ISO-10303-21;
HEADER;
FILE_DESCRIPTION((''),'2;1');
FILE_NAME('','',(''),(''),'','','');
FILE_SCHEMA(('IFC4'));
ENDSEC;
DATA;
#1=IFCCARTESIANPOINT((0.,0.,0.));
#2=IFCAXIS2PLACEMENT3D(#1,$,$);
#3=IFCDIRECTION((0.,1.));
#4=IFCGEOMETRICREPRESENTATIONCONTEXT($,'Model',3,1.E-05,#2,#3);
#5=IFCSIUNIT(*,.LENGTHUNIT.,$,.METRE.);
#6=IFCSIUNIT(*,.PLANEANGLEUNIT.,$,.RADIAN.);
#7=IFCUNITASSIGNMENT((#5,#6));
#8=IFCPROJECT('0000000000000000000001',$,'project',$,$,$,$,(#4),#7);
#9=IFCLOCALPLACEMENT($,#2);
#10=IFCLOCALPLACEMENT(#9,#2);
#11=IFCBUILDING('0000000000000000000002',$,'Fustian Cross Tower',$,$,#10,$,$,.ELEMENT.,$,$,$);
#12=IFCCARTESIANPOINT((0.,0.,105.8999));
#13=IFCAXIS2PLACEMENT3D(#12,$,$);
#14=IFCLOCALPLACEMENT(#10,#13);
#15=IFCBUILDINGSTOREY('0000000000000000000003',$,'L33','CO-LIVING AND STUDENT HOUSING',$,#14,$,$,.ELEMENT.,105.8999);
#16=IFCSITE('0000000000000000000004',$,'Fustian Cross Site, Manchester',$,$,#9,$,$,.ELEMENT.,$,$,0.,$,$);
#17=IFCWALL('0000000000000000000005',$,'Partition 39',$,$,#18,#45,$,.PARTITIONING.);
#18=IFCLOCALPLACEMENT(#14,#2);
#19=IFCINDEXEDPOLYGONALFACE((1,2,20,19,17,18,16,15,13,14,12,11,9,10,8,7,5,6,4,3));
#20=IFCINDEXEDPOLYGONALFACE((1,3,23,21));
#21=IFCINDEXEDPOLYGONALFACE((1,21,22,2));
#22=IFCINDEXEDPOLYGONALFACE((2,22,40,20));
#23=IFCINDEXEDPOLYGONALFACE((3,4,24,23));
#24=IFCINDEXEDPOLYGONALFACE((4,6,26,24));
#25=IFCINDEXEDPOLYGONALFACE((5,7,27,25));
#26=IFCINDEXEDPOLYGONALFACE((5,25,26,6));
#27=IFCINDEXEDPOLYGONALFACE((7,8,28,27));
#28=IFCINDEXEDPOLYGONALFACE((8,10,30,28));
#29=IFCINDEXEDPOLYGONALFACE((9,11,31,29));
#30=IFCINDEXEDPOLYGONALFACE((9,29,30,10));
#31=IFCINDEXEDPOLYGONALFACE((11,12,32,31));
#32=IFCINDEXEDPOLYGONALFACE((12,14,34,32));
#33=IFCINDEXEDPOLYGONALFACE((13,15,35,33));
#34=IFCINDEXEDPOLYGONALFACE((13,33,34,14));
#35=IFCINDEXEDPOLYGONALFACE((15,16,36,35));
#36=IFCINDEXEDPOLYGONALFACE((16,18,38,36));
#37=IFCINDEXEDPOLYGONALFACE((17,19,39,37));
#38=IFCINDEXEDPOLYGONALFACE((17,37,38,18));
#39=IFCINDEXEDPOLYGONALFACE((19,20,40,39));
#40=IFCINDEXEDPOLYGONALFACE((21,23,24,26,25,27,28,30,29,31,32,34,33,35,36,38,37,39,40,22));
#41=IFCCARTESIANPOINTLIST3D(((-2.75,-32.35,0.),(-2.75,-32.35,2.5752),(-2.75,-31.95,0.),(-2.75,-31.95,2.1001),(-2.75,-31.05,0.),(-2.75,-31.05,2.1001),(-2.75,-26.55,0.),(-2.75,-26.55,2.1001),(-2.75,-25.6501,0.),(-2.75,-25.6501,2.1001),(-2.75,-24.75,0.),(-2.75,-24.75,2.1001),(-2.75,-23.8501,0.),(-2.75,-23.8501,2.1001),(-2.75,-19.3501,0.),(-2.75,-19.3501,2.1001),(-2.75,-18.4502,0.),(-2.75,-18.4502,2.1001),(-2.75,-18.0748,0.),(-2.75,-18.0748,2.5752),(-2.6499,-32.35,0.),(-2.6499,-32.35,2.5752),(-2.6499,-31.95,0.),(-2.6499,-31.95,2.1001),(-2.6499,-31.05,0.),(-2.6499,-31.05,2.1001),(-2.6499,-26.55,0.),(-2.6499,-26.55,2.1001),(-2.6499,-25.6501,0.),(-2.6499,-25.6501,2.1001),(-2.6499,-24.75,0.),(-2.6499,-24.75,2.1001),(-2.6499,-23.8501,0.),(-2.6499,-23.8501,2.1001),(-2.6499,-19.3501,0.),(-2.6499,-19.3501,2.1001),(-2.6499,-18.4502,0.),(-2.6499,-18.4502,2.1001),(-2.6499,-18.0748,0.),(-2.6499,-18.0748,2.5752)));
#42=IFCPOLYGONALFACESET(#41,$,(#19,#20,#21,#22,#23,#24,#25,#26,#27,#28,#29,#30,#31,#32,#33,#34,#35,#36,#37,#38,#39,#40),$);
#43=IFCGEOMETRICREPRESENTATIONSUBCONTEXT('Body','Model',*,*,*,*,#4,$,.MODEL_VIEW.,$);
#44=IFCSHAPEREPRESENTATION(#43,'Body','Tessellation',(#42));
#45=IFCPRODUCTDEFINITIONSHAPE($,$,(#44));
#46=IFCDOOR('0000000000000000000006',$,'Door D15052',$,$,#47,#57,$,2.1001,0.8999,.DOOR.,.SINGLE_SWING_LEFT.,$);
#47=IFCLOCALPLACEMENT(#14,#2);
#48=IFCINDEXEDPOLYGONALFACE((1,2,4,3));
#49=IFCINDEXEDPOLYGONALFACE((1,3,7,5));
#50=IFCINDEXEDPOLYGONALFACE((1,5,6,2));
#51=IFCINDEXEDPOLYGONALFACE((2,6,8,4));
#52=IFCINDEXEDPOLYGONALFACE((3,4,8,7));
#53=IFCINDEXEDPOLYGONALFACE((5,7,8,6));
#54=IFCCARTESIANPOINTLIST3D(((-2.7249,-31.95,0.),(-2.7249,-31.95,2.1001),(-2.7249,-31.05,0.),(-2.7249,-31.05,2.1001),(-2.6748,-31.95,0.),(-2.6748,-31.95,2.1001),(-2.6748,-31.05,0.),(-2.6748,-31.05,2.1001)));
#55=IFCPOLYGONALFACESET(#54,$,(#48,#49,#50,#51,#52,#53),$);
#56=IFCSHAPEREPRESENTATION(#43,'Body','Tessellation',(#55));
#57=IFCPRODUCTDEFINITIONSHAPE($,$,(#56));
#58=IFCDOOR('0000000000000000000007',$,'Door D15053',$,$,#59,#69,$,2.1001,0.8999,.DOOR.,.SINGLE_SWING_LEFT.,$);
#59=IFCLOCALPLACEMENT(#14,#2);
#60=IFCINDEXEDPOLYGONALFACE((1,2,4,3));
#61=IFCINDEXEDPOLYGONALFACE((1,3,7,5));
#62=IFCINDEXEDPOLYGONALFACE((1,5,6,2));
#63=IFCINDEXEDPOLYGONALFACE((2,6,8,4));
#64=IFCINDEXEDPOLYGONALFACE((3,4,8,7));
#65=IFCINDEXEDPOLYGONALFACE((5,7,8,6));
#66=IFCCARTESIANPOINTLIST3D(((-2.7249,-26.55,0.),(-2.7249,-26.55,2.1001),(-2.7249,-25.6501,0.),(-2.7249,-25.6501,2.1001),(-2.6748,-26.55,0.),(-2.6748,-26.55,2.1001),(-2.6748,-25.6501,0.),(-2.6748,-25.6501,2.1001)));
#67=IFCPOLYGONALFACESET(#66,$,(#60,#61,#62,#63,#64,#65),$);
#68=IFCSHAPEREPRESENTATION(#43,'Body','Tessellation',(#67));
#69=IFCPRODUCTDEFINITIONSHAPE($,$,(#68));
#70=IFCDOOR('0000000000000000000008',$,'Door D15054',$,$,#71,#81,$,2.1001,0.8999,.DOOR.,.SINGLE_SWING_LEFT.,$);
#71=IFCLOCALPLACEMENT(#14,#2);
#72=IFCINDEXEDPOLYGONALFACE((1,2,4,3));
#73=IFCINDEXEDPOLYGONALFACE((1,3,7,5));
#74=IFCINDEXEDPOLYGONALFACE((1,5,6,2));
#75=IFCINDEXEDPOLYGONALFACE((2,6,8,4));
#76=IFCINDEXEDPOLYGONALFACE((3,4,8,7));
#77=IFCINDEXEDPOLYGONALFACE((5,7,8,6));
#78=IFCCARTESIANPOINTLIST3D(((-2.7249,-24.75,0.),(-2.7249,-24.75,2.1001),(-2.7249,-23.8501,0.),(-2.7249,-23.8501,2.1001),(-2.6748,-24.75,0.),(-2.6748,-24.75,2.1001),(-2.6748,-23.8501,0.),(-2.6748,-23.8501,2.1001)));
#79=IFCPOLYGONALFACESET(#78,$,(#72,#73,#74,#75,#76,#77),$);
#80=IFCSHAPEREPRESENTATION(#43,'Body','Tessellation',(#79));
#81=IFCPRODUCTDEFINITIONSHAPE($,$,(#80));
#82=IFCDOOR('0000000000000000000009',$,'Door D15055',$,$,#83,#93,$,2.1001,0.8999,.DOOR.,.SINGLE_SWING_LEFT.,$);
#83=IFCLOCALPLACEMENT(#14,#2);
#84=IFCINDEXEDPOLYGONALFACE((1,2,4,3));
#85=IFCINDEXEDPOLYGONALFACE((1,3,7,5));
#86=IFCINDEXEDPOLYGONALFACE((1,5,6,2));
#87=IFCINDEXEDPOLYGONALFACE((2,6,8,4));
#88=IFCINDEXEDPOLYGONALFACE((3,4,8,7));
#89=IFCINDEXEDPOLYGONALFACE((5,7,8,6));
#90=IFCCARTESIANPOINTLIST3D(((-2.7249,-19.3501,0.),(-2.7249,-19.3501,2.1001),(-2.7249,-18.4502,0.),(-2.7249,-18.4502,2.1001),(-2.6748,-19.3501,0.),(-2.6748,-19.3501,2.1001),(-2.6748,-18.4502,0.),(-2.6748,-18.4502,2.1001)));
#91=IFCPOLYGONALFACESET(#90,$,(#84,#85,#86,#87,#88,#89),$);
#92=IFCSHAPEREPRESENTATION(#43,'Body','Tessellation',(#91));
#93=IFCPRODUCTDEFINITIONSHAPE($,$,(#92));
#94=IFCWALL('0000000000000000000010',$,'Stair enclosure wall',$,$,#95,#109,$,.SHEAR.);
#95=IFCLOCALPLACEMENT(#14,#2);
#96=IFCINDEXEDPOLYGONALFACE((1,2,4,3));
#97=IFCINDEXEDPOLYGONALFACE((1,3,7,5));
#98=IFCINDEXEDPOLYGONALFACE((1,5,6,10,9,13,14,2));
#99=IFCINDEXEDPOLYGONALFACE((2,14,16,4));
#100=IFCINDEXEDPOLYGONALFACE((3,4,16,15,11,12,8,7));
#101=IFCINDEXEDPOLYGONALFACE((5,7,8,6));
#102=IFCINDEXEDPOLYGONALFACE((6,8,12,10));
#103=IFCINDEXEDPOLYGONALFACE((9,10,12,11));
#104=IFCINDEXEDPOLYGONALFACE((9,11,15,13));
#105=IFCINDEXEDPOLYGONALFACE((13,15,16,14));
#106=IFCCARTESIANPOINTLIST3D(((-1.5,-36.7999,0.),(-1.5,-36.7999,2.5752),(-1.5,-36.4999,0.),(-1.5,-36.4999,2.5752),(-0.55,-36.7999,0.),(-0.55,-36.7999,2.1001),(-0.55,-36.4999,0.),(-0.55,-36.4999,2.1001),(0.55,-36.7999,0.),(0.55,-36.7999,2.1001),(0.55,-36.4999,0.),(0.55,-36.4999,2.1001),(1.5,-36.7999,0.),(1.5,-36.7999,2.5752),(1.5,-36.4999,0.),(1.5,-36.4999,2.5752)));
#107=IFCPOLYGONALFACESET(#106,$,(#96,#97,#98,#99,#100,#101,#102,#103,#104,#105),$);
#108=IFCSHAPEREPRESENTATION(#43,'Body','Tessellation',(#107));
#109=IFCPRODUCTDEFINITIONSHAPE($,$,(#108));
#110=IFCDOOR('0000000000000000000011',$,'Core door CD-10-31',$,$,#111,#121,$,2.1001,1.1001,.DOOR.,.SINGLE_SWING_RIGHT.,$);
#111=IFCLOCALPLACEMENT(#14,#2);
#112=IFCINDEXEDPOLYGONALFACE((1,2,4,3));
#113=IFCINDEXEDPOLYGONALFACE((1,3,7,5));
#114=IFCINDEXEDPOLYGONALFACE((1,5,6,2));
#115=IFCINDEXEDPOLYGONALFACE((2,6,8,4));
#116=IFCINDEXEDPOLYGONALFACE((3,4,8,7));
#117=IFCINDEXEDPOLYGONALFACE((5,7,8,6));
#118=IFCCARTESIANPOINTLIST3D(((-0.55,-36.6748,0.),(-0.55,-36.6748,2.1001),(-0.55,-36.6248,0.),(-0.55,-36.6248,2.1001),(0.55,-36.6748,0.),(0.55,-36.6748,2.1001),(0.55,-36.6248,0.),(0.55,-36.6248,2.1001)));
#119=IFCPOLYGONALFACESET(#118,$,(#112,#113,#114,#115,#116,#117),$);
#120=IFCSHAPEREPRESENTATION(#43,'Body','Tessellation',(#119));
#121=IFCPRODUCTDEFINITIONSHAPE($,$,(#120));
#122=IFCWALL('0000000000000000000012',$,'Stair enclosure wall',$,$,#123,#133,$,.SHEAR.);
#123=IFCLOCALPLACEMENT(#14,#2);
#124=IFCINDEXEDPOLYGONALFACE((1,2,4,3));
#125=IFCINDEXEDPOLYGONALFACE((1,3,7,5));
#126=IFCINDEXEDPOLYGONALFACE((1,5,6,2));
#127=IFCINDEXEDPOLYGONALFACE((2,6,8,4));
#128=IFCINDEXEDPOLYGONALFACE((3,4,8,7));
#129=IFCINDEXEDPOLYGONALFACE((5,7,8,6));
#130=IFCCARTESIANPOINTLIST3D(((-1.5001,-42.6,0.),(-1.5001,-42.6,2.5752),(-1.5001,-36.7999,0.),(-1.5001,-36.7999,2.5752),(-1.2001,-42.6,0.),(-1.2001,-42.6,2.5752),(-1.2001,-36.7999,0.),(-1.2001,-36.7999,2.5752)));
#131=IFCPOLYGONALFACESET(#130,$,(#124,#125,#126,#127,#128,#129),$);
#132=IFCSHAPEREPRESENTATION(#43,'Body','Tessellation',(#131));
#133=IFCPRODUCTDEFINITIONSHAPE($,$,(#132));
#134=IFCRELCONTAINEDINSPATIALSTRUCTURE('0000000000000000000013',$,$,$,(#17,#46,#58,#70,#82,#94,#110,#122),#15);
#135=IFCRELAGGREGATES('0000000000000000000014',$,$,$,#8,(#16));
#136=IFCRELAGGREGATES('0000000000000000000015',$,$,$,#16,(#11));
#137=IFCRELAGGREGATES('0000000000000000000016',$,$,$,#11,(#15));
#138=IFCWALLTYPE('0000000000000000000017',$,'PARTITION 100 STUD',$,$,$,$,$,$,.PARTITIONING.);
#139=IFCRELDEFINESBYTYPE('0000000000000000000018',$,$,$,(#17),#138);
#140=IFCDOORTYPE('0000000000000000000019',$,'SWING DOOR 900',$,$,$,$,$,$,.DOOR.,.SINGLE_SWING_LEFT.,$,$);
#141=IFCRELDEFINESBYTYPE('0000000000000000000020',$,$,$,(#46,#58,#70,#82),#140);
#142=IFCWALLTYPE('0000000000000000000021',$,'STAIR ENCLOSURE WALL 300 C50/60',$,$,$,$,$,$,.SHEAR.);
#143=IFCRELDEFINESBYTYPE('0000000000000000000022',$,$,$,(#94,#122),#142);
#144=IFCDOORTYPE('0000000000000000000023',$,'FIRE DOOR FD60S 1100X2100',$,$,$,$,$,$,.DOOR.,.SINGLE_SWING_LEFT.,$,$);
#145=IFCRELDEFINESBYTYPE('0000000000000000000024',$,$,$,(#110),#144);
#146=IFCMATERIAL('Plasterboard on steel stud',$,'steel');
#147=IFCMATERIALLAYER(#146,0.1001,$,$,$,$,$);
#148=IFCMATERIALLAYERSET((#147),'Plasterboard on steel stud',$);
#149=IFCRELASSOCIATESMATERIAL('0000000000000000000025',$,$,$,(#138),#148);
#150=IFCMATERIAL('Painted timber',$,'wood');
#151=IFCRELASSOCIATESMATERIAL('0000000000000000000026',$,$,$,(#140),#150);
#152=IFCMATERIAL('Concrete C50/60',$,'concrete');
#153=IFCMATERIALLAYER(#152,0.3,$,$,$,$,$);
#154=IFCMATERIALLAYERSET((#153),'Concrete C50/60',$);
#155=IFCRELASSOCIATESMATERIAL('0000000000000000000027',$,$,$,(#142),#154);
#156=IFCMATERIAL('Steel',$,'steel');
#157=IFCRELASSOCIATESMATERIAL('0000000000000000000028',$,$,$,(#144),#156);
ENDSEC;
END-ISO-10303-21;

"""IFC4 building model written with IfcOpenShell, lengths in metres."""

from ifc_helpers import new_model, si_unit, direction, frame, frame_2d, origin, place, context, subcontext, project, spatial, rectangle, extrude, material, layer, layer_set, type_object, element, fill, save


model = new_model("IFC4")

# Units and contexts
model_context = context("Model", 3, precision=1e-05, world=origin(), true_north=direction((0.0, 1.0)))
body_context = subcontext(model_context, "Body", "Model", "MODEL_VIEW")
ifc_project = project(units=[si_unit("LENGTHUNIT", "METRE"), si_unit("PLANEANGLEUNIT", "RADIAN")], contexts=[model_context])

# Site, building, storey
site_placement = place(None, origin())
site = spatial("IfcSite", under=ifc_project, at=site_placement, Name="Fustian Cross Site, Manchester", CompositionType="ELEMENT", RefElevation=0.0)
building_placement = place(site_placement, origin())
building = spatial("IfcBuilding", under=site, at=building_placement, Name="Fustian Cross Tower", CompositionType="ELEMENT")
storey_placement = place(building_placement, frame((0.0, 0.0, 105.8999)))
storey = spatial("IfcBuildingStorey", under=building, at=storey_placement, Name="L33", Description="CO-LIVING AND STUDENT HOUSING", CompositionType="ELEMENT", Elevation=105.8999)

# Shared definitions
ifc_material_1 = material(Name="Plasterboard on steel stud", Category="steel")
ifc_layer_1 = layer(ifc_material_1, 0.1001)
ifc_layer_set_1 = layer_set([ifc_layer_1], Name="Plasterboard on steel stud")
wall_type_1 = type_object("IfcWallType", Name="PARTITION 100 STUD", PredefinedType="PARTITIONING", material=ifc_layer_set_1)

# Wall, openings, doors
wall_1_placement = place(storey_placement, frame((-2.7, -32.3501, 0.0), z_axis=(0.0, 0.0, 1.0), x_axis=(0.0, 1.0, 0.0)))
wall_1 = element("IfcWall", 1, at=wall_1_placement, inside=storey, type_object=wall_type_1, Name="Partition 39", PredefinedType="PARTITIONING", context=body_context, shape_type="SweptSolid", body=[
    extrude(rectangle(XDim=14.2751, YDim=0.1001, at=frame_2d((7.1377, 0.0))), origin(), (0.0, 0.0, 1.0), 2.5752),
])
opening_1_placement = place(wall_1_placement, frame((0.4001, 0.0, 0.0)))
opening_1 = element("IfcOpeningElement", 2, at=opening_1_placement, cuts=wall_1, PredefinedType="OPENING", context=body_context, shape_type="SweptSolid", body=[
    extrude(rectangle(XDim=0.8999, YDim=2.1001, at=frame_2d((0.45, 1.05))), frame((0.0, 0.0601, 0.0), z_axis=(0.0, -1.0, 0.0), x_axis=(1.0, 0.0, 0.0)), (0.0, 0.0, 1.0), 0.1201),
])
opening_2_placement = place(wall_1_placement, frame((5.8, 0.0, 0.0)))
opening_2 = element("IfcOpeningElement", 3, at=opening_2_placement, cuts=wall_1, PredefinedType="OPENING", context=body_context, shape_type="SweptSolid", body=[
    extrude(rectangle(XDim=0.8999, YDim=2.1001, at=frame_2d((0.45, 1.05))), frame((0.0, 0.0601, 0.0), z_axis=(0.0, -1.0, 0.0), x_axis=(1.0, 0.0, 0.0)), (0.0, 0.0, 1.0), 0.1201),
])
opening_3_placement = place(wall_1_placement, frame((7.6001, 0.0, 0.0)))
opening_3 = element("IfcOpeningElement", 4, at=opening_3_placement, cuts=wall_1, PredefinedType="OPENING", context=body_context, shape_type="SweptSolid", body=[
    extrude(rectangle(XDim=0.8999, YDim=2.1001, at=frame_2d((0.45, 1.05))), frame((0.0, 0.0601, 0.0), z_axis=(0.0, -1.0, 0.0), x_axis=(1.0, 0.0, 0.0)), (0.0, 0.0, 1.0), 0.1201),
])
opening_4_placement = place(wall_1_placement, frame((13.0, 0.0, 0.0)))
opening_4 = element("IfcOpeningElement", 5, at=opening_4_placement, cuts=wall_1, PredefinedType="OPENING", context=body_context, shape_type="SweptSolid", body=[
    extrude(rectangle(XDim=0.8999, YDim=2.1001, at=frame_2d((0.45, 1.05))), frame((0.0, 0.0601, 0.0), z_axis=(0.0, -1.0, 0.0), x_axis=(1.0, 0.0, 0.0)), (0.0, 0.0, 1.0), 0.1201),
])
ifc_material_2 = material(Name="Painted timber", Category="wood")
door_type_1 = type_object("IfcDoorType", Name="SWING DOOR 900", OperationType="SINGLE_SWING_LEFT", PredefinedType="DOOR", material=ifc_material_2)
door_1_placement = place(opening_1_placement, origin())
door_1 = element("IfcDoor", 6, at=door_1_placement, inside=storey, type_object=door_type_1, Name="Door D15052", OperationType="SINGLE_SWING_LEFT", OverallHeight=2.1001, OverallWidth=0.8999, PredefinedType="DOOR", context=body_context, shape_type="SweptSolid", body=[
    extrude(rectangle(XDim=0.8999, YDim=2.1001, at=frame_2d((0.45, 1.05))), frame((0.0, 0.0249, 0.0), z_axis=(0.0, -1.0, 0.0), x_axis=(1.0, 0.0, 0.0)), (0.0, 0.0, 1.0), 0.05),
])
fill(opening_1, door_1)
door_2_placement = place(opening_2_placement, origin())
door_2 = element("IfcDoor", 7, at=door_2_placement, inside=storey, type_object=door_type_1, Name="Door D15053", OperationType="SINGLE_SWING_LEFT", OverallHeight=2.1001, OverallWidth=0.8999, PredefinedType="DOOR", context=body_context, shape_type="SweptSolid", body=[
    extrude(rectangle(XDim=0.8999, YDim=2.1001, at=frame_2d((0.45, 1.05))), frame((0.0, 0.0249, 0.0), z_axis=(0.0, -1.0, 0.0), x_axis=(1.0, 0.0, 0.0)), (0.0, 0.0, 1.0), 0.05),
])
fill(opening_2, door_2)
door_3_placement = place(opening_3_placement, origin())
door_3 = element("IfcDoor", 8, at=door_3_placement, inside=storey, type_object=door_type_1, Name="Door D15054", OperationType="SINGLE_SWING_LEFT", OverallHeight=2.1001, OverallWidth=0.8999, PredefinedType="DOOR", context=body_context, shape_type="SweptSolid", body=[
    extrude(rectangle(XDim=0.8999, YDim=2.1001, at=frame_2d((0.45, 1.05))), frame((0.0, 0.0249, 0.0), z_axis=(0.0, -1.0, 0.0), x_axis=(1.0, 0.0, 0.0)), (0.0, 0.0, 1.0), 0.05),
])
fill(opening_3, door_3)
door_4_placement = place(opening_4_placement, origin())
door_4 = element("IfcDoor", 9, at=door_4_placement, inside=storey, type_object=door_type_1, Name="Door D15055", OperationType="SINGLE_SWING_LEFT", OverallHeight=2.1001, OverallWidth=0.8999, PredefinedType="DOOR", context=body_context, shape_type="SweptSolid", body=[
    extrude(rectangle(XDim=0.8999, YDim=2.1001, at=frame_2d((0.45, 1.05))), frame((0.0, 0.0249, 0.0), z_axis=(0.0, -1.0, 0.0), x_axis=(1.0, 0.0, 0.0)), (0.0, 0.0, 1.0), 0.05),
])
fill(opening_4, door_4)

# Wall, opening, door
ifc_material_3 = material(Name="Concrete C50/60", Category="concrete")
ifc_layer_2 = layer(ifc_material_3, 0.3)
ifc_layer_set_2 = layer_set([ifc_layer_2], Name="Concrete C50/60")
wall_type_2 = type_object("IfcWallType", Name="STAIR ENCLOSURE WALL 300 C50/60", PredefinedType="SHEAR", material=ifc_layer_set_2)
wall_2_placement = place(storey_placement, frame((-1.5, -36.6499, 0.0), z_axis=(0.0, 0.0, 1.0), x_axis=(1.0, 0.0, 0.0)))
wall_2 = element("IfcWall", 10, at=wall_2_placement, inside=storey, type_object=wall_type_2, Name="Stair enclosure wall", PredefinedType="SHEAR", context=body_context, shape_type="SweptSolid", body=[
    extrude(rectangle(XDim=3.0, YDim=0.3, at=frame_2d((1.5, 0.0))), origin(), (0.0, 0.0, 1.0), 2.5752),
])
opening_5_placement = place(wall_2_placement, frame((0.95, 0.0, 0.0)))
opening_5 = element("IfcOpeningElement", 11, at=opening_5_placement, cuts=wall_2, PredefinedType="OPENING", context=body_context, shape_type="SweptSolid", body=[
    extrude(rectangle(XDim=1.1001, YDim=2.1001, at=frame_2d((0.55, 1.05))), frame((0.0, 0.1599, 0.0), z_axis=(0.0, -1.0, 0.0), x_axis=(1.0, 0.0, 0.0)), (0.0, 0.0, 1.0), 0.3201),
])
ifc_material_4 = material(Name="Steel", Category="steel")
door_type_2 = type_object("IfcDoorType", Name="FIRE DOOR FD60S 1100X2100", OperationType="SINGLE_SWING_LEFT", PredefinedType="DOOR", material=ifc_material_4)
door_5_placement = place(opening_5_placement, frame((1.1001, 0.0, 0.0), z_axis=(0.0, 0.0, 1.0), x_axis=(-1.0, 0.0, 0.0)))
door_5 = element("IfcDoor", 12, at=door_5_placement, inside=storey, type_object=door_type_2, Name="Core door CD-10-31", OperationType="SINGLE_SWING_RIGHT", OverallHeight=2.1001, OverallWidth=1.1001, PredefinedType="DOOR", context=body_context, shape_type="SweptSolid", body=[
    extrude(rectangle(XDim=1.1001, YDim=2.1001, at=frame_2d((0.55, 1.05))), frame((0.0, 0.0249, 0.0), z_axis=(0.0, -1.0, 0.0), x_axis=(1.0, 0.0, 0.0)), (0.0, 0.0, 1.0), 0.05),
])
fill(opening_5, door_5)

# Wall
wall_3_placement = place(storey_placement, frame((-1.3501, -36.8, 0.0), z_axis=(0.0, 0.0, 1.0), x_axis=(0.0, -1.0, 0.0)))
element("IfcWall", 13, at=wall_3_placement, inside=storey, type_object=wall_type_2, Name="Stair enclosure wall", PredefinedType="SHEAR", context=body_context, shape_type="SweptSolid", body=[
    extrude(rectangle(XDim=5.8, YDim=0.3, at=frame_2d((2.8999, 0.0))), origin(), (0.0, 0.0, 1.0), 2.5752),
])

save(model, "model.ifc")
